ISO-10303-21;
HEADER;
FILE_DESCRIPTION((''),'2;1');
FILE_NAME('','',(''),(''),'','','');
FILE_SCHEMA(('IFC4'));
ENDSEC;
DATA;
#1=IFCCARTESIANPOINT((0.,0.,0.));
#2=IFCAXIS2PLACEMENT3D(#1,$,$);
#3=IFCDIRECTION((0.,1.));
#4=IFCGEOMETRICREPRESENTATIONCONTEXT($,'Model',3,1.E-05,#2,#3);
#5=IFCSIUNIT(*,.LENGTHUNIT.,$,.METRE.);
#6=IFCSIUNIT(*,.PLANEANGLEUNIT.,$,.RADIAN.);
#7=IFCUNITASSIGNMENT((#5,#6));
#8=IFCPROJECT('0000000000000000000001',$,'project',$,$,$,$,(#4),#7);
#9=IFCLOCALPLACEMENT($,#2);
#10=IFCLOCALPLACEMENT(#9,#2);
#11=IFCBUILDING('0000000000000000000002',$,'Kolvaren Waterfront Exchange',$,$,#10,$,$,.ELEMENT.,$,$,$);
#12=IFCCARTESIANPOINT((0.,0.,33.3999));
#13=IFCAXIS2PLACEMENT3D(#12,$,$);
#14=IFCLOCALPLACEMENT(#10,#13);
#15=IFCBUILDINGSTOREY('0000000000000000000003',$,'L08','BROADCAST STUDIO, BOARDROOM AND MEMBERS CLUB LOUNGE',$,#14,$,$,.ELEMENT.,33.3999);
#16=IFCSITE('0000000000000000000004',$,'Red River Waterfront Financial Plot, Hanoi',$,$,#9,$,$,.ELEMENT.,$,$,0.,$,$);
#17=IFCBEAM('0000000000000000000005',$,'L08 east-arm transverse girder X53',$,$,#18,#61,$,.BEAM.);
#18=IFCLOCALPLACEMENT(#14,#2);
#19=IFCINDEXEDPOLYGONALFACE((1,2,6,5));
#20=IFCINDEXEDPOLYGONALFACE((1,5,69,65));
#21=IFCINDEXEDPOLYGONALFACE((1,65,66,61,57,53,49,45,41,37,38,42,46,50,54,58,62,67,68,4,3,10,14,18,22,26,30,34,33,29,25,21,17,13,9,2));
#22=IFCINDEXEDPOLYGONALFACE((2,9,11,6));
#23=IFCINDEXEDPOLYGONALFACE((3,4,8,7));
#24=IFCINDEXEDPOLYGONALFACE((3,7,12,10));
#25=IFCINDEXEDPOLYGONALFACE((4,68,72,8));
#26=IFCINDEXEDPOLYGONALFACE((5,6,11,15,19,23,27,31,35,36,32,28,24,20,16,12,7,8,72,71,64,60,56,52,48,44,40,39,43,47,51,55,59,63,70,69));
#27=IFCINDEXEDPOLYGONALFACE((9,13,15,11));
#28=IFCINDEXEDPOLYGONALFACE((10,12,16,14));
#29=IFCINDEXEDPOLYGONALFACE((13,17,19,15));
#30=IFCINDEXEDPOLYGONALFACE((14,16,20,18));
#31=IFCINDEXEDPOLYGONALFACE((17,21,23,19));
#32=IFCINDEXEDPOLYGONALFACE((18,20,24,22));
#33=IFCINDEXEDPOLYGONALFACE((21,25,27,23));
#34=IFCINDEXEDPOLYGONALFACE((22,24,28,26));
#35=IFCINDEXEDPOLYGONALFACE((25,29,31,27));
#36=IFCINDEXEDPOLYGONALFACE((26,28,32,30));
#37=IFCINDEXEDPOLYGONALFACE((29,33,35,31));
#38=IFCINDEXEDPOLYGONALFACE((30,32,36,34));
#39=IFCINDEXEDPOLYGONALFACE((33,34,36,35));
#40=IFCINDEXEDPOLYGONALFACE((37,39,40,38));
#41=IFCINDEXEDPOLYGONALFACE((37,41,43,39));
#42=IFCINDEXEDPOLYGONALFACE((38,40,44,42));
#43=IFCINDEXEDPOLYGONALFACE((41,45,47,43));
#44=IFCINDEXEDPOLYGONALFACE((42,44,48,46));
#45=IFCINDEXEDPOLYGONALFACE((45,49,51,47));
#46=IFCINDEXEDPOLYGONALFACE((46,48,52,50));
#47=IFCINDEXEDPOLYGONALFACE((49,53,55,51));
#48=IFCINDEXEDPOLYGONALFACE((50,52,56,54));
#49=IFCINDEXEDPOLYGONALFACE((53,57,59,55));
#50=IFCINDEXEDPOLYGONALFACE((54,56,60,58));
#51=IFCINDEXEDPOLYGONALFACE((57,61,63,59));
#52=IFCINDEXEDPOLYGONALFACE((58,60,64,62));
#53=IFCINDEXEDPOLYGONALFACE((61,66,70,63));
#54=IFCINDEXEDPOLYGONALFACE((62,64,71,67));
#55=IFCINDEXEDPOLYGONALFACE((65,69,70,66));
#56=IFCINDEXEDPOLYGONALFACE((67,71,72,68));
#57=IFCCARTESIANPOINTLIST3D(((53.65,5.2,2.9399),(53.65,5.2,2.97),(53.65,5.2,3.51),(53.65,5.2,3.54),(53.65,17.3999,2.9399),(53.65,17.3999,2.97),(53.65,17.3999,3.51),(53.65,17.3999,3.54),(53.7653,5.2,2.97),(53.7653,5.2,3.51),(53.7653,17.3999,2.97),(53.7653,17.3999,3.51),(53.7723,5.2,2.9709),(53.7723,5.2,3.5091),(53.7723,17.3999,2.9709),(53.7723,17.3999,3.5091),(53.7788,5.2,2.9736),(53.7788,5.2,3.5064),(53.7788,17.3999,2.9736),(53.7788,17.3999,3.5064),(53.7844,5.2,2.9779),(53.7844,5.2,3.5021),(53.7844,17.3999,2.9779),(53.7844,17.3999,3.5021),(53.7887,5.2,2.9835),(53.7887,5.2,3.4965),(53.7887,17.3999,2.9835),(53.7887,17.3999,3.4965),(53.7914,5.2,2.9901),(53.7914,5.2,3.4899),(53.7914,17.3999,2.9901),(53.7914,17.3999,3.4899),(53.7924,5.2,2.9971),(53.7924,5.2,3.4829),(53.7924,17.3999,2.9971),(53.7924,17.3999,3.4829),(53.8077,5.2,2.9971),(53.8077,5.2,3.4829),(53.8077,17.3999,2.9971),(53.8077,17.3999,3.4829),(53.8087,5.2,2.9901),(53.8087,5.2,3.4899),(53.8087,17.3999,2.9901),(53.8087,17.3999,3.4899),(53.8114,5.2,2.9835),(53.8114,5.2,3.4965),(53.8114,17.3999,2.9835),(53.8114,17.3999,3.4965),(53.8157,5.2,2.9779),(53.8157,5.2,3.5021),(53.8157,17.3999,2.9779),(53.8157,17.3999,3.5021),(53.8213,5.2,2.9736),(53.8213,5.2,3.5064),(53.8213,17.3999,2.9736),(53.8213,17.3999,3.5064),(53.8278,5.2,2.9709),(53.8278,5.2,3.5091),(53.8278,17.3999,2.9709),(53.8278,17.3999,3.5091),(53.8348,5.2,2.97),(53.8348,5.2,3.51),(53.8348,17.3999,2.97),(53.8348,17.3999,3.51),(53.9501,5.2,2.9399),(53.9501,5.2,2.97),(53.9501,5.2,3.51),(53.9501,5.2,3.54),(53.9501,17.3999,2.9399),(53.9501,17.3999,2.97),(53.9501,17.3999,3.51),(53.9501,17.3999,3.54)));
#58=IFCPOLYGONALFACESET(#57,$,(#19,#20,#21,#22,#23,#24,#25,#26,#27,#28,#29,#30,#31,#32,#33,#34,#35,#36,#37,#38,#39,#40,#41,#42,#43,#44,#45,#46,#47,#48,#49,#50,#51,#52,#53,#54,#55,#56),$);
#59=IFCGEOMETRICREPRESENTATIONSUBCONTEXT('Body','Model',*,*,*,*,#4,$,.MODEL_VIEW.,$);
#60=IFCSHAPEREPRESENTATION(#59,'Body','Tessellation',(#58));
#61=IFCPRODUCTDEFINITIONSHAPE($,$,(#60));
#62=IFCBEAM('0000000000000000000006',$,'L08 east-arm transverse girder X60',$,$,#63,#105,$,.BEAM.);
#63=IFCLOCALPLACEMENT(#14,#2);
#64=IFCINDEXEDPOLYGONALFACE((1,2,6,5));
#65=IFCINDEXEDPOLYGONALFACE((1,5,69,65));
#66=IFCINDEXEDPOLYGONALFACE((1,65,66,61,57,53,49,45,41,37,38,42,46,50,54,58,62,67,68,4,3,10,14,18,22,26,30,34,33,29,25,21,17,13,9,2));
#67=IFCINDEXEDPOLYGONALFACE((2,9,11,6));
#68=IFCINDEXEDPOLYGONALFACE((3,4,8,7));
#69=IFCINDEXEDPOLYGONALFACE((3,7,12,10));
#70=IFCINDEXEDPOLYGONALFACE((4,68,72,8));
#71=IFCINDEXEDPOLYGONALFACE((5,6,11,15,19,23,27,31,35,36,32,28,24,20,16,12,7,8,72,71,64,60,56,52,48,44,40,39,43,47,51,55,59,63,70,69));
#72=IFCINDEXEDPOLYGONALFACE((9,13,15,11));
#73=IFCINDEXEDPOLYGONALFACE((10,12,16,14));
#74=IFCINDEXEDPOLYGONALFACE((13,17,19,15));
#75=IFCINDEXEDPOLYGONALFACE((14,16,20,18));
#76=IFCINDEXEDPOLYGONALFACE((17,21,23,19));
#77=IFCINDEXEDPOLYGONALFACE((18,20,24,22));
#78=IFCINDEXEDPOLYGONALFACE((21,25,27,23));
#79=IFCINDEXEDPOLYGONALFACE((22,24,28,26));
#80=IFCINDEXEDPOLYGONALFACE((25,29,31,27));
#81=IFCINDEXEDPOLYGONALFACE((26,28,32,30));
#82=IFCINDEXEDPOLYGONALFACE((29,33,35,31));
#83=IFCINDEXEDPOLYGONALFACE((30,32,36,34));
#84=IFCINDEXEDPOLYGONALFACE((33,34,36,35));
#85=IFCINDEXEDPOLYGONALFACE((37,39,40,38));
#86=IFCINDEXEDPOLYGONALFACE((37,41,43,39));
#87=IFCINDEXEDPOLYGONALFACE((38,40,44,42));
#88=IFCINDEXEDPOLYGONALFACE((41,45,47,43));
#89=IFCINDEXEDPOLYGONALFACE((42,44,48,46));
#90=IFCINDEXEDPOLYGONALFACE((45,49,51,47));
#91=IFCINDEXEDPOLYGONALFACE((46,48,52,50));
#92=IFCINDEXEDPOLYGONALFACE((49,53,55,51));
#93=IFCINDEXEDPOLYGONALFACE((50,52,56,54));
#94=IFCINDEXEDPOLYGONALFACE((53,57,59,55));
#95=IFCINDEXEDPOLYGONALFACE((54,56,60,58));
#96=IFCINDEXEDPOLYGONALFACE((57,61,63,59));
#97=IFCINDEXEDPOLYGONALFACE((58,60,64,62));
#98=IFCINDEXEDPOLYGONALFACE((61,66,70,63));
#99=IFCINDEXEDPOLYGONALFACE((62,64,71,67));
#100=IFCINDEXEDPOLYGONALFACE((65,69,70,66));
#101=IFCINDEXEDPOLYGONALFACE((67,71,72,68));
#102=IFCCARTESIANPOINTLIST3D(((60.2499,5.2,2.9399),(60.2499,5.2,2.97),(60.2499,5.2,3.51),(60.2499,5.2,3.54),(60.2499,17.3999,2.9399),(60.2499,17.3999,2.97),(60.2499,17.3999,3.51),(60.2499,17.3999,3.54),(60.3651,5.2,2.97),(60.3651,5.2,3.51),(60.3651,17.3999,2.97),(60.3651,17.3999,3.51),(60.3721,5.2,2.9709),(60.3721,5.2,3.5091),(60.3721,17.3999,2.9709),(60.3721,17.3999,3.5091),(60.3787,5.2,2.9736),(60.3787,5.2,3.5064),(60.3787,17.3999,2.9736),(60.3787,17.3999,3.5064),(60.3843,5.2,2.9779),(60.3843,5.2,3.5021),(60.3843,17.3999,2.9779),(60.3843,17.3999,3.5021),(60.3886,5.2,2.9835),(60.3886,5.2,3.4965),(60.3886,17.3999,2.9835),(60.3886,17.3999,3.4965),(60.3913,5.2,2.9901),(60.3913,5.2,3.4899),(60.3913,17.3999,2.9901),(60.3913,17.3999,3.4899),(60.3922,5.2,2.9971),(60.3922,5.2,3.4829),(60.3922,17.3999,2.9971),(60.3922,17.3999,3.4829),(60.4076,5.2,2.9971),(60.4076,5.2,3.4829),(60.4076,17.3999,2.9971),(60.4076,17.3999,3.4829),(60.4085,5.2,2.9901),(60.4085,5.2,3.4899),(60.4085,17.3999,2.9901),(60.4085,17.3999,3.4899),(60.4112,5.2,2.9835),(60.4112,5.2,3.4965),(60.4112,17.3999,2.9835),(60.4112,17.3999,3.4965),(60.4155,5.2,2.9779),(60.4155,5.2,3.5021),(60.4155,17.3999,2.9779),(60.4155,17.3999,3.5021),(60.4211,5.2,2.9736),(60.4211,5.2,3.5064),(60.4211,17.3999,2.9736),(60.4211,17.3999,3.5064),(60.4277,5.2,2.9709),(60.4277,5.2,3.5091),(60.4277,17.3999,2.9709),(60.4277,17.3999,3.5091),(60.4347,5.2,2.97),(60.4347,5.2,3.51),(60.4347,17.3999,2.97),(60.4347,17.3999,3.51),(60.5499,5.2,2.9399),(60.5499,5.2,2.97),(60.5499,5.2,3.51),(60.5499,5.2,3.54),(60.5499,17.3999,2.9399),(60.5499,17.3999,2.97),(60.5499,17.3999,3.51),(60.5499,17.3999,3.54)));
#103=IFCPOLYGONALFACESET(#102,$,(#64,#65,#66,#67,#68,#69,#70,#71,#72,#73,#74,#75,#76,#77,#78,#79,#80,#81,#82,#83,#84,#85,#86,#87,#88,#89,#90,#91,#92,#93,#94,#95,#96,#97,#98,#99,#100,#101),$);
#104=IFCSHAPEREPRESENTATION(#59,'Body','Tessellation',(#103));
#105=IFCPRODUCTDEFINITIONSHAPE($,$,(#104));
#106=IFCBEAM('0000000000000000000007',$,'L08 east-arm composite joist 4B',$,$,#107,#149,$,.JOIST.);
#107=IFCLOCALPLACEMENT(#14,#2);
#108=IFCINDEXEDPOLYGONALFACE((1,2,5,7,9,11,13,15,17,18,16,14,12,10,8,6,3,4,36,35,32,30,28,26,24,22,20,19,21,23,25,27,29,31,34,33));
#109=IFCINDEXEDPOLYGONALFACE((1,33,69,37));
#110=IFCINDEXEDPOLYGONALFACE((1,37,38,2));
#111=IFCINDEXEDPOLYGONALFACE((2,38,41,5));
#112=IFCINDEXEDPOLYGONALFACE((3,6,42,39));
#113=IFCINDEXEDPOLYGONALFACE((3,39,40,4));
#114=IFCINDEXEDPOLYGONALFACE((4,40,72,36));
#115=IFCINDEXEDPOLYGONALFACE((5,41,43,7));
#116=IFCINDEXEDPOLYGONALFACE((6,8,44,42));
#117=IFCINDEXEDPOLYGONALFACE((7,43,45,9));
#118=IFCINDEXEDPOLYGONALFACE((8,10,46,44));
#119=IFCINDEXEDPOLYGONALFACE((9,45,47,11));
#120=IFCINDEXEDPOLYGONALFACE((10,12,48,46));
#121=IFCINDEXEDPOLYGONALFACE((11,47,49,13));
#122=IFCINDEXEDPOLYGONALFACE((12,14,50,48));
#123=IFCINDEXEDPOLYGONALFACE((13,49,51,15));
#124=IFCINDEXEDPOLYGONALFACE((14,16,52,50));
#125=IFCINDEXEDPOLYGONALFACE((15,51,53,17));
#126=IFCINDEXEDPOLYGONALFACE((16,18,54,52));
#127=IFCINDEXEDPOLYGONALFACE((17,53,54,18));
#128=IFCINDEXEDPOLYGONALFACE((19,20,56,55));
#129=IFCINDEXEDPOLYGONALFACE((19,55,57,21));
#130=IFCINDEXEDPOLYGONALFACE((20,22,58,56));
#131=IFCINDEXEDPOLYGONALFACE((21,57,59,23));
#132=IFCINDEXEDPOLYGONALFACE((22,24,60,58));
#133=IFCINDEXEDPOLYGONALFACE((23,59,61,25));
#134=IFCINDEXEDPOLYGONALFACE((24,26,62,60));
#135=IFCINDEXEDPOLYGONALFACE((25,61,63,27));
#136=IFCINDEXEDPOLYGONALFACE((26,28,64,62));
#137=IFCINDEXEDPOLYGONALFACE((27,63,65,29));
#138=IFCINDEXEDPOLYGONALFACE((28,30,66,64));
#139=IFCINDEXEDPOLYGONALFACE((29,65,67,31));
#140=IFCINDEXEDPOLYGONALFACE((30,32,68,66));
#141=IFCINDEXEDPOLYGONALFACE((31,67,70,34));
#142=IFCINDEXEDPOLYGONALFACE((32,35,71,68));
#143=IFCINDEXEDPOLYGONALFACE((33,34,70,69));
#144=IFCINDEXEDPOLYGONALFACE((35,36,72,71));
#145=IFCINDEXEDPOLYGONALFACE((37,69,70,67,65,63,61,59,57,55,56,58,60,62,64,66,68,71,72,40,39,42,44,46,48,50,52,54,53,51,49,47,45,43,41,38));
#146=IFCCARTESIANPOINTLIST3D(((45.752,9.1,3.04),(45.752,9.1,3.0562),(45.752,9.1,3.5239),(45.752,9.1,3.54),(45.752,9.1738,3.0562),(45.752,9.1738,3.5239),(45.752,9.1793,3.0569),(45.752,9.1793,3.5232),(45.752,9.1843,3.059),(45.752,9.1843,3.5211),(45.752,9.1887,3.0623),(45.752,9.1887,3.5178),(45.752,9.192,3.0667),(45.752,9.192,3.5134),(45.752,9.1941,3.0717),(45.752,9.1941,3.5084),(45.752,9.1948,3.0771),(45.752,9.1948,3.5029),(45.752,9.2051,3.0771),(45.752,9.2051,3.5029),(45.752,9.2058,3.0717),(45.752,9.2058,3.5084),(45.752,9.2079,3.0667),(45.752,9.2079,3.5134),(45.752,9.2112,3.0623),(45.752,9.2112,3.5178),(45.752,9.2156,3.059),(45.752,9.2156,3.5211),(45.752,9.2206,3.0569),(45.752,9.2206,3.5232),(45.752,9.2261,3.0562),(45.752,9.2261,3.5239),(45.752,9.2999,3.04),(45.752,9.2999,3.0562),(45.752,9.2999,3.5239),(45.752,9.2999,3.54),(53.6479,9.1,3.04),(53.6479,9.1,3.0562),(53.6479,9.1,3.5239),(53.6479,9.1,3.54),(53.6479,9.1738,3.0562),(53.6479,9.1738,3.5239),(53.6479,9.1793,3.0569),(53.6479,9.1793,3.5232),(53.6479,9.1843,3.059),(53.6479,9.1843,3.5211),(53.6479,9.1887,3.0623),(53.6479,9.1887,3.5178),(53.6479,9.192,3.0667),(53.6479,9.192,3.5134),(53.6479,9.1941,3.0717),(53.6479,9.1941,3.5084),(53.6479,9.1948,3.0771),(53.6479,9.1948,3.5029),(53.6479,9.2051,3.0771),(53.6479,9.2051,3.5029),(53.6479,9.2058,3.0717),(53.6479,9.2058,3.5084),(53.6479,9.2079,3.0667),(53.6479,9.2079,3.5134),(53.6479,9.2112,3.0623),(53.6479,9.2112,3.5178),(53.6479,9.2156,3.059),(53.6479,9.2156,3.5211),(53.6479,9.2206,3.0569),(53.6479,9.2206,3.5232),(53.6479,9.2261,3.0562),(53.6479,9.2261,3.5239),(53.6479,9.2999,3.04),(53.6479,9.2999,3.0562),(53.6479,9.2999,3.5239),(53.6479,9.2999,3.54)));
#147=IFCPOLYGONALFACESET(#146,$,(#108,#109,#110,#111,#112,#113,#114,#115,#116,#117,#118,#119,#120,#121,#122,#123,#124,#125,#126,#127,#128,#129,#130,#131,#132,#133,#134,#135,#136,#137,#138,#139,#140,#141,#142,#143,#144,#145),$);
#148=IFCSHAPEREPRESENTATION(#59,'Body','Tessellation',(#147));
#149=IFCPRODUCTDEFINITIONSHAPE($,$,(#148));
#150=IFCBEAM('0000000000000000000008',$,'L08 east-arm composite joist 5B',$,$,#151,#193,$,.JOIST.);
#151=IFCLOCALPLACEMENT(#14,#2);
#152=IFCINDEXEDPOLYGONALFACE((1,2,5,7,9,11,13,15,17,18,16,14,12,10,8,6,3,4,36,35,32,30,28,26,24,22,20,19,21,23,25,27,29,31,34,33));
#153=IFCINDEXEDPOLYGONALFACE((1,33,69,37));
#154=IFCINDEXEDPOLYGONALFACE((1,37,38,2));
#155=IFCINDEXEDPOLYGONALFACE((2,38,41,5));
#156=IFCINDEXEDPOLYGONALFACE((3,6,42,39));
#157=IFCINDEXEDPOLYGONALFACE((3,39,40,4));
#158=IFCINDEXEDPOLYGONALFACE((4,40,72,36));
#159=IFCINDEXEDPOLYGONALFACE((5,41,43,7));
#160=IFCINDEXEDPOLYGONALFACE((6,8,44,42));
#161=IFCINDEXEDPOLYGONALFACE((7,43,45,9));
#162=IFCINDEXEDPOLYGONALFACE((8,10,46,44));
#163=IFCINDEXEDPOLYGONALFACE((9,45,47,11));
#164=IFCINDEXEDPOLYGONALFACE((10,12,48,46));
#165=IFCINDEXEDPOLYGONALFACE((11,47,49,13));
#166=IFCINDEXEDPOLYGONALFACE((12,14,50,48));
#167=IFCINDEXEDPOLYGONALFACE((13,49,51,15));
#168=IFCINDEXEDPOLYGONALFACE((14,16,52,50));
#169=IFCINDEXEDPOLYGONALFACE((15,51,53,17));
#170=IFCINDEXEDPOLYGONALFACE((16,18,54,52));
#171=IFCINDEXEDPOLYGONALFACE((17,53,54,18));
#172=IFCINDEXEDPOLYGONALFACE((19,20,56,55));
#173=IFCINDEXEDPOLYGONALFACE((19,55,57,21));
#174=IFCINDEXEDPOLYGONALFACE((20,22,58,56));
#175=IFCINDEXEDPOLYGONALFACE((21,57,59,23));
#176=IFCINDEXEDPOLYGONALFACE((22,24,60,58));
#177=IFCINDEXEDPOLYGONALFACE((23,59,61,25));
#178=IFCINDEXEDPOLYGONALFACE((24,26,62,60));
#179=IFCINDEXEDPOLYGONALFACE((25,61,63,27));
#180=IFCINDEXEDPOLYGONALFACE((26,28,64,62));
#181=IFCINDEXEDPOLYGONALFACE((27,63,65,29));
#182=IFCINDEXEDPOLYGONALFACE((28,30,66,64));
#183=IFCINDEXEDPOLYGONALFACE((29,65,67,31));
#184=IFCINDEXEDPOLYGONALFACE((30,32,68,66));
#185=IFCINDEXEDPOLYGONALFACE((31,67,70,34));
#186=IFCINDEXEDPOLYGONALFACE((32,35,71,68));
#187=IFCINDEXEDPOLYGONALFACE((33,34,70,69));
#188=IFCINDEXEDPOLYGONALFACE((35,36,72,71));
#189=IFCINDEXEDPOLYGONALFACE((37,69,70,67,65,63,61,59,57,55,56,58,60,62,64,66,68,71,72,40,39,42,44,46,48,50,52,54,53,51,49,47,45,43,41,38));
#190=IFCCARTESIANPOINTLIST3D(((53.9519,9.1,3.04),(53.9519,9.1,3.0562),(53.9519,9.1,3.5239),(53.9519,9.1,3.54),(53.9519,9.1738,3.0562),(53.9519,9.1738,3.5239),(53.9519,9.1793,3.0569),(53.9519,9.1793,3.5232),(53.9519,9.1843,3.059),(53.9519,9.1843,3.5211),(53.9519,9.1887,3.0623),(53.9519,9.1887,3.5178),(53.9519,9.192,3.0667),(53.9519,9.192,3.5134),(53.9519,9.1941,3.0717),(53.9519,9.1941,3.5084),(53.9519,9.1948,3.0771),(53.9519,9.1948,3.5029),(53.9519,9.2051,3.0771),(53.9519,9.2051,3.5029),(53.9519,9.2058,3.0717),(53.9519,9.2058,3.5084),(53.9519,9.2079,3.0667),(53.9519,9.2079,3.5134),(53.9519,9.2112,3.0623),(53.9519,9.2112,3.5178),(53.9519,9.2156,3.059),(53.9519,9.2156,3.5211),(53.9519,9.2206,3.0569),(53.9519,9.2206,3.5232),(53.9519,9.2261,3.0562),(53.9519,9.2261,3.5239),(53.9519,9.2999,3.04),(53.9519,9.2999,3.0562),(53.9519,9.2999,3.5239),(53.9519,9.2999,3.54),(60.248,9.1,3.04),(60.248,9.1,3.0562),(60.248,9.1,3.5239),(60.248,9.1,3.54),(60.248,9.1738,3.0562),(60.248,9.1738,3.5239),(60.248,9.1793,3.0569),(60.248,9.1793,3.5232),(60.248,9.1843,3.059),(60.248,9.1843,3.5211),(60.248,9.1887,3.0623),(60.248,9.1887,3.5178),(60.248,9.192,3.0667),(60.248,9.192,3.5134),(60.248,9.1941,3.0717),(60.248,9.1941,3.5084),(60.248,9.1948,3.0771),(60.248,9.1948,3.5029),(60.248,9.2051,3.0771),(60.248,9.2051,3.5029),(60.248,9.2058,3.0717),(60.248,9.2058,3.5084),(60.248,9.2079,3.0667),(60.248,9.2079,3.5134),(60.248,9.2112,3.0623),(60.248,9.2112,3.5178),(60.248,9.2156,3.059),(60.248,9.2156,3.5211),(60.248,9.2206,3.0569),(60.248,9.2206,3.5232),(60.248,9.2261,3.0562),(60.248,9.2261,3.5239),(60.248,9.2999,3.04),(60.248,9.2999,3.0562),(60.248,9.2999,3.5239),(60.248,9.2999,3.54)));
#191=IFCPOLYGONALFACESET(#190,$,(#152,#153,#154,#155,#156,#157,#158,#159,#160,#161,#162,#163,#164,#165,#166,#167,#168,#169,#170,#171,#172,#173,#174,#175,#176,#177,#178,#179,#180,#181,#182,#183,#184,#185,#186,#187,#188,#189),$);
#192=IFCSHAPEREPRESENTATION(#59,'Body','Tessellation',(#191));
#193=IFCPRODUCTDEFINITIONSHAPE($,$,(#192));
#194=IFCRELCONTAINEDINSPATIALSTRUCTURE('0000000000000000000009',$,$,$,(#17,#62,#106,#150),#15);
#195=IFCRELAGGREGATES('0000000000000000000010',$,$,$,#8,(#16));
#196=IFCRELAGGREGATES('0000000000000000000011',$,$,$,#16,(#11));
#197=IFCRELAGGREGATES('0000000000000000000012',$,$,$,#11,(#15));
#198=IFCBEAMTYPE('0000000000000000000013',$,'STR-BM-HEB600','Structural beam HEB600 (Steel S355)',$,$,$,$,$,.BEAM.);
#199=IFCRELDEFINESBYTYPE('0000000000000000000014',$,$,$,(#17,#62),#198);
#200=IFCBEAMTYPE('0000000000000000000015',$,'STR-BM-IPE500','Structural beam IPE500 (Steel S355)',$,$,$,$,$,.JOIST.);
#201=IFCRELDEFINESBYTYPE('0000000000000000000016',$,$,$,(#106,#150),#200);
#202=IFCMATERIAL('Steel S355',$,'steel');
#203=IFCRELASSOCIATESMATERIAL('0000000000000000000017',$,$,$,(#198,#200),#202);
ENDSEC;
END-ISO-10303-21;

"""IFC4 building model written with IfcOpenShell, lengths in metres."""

from ifc_helpers import new_model, si_unit, direction, frame, origin, origin_2d, place, context, subcontext, project, spatial, i_section, extrude, material, material_profile, profile_set, type_object, element, save


model = new_model("IFC4")

# Units and contexts
model_context = context("Model", 3, precision=1e-05, world=origin(), true_north=direction((0.0, 1.0)))
body_context = subcontext(model_context, "Body", "Model", "MODEL_VIEW")
ifc_project = project(units=[si_unit("LENGTHUNIT", "METRE"), si_unit("PLANEANGLEUNIT", "RADIAN")], contexts=[model_context])

# Site, building, storey
site_placement = place(None, origin())
site = spatial("IfcSite", under=ifc_project, at=site_placement, Name="Red River Waterfront Financial Plot, Hanoi", CompositionType="ELEMENT", RefElevation=0.0)
building_placement = place(site_placement, origin())
building = spatial("IfcBuilding", under=site, at=building_placement, Name="Kolvaren Waterfront Exchange", CompositionType="ELEMENT")
storey_placement = place(building_placement, frame((0.0, 0.0, 33.3999)))
storey = spatial("IfcBuildingStorey", under=building, at=storey_placement, Name="L08", Description="BROADCAST STUDIO, BOARDROOM AND MEMBERS CLUB LOUNGE", CompositionType="ELEMENT", Elevation=33.3999)

# Beams
ifc_material_1 = material(Name="Steel S355", Category="steel")
ifc_material_profile_1 = material_profile(ifc_material_1, i_section(OverallWidth=0.3, OverallDepth=0.6001, WebThickness=0.0154, FlangeThickness=0.03, FilletRadius=0.0271, at=origin_2d()), Name="HEB600")
ifc_profile_set_1 = profile_set([ifc_material_profile_1], Name="Steel S355")
beam_type_1 = type_object("IfcBeamType", Name="STR-BM-HEB600", Description="Structural beam HEB600 (Steel S355)", PredefinedType="BEAM", material=ifc_profile_set_1)
for number, where, z_axis, x_axis, name in (
    (1, (53.8, 5.2, 3.24), (0.0, 1.0, 0.0), (-1.0, 0.0, 0.0), "L08 east-arm transverse girder X53"),
    (2, (60.3999, 5.2, 3.24), (0.0, 1.0, 0.0), (-1.0, 0.0, 0.0), "L08 east-arm transverse girder X60"),
):
    element("IfcBeam", number, at=place(storey_placement, frame(where, z_axis=z_axis, x_axis=x_axis)), inside=storey, type_object=beam_type_1, Name=name, PredefinedType="BEAM", context=body_context, shape_type="SweptSolid", body=[
        extrude(i_section(OverallWidth=0.3, OverallDepth=0.6001, WebThickness=0.0154, FlangeThickness=0.03, FilletRadius=0.0271, at=origin_2d()), origin(), (0.0, 0.0, 1.0), 12.2),
    ])
ifc_material_profile_2 = material_profile(ifc_material_1, i_section(OverallWidth=0.2, OverallDepth=0.5, WebThickness=0.0103, FlangeThickness=0.0161, FilletRadius=0.021, at=origin_2d()), Name="IPE500")
ifc_profile_set_2 = profile_set([ifc_material_profile_2], Name="Steel S355")
beam_type_2 = type_object("IfcBeamType", Name="STR-BM-IPE500", Description="Structural beam IPE500 (Steel S355)", PredefinedType="JOIST", material=ifc_profile_set_2)
beam_1_placement = place(storey_placement, frame((45.752, 9.2, 3.29), z_axis=(1.0, 0.0, 0.0), x_axis=(0.0, 1.0, 0.0)))
element("IfcBeam", 3, at=beam_1_placement, inside=storey, type_object=beam_type_2, Name="L08 east-arm composite joist 4B", PredefinedType="JOIST", context=body_context, shape_type="SweptSolid", body=[
    extrude(i_section(OverallWidth=0.2, OverallDepth=0.5, WebThickness=0.0103, FlangeThickness=0.0161, FilletRadius=0.021, at=origin_2d()), origin(), (0.0, 0.0, 1.0), 7.896),
])
beam_2_placement = place(storey_placement, frame((53.9519, 9.2, 3.29), z_axis=(1.0, 0.0, 0.0), x_axis=(0.0, 1.0, 0.0)))
element("IfcBeam", 4, at=beam_2_placement, inside=storey, type_object=beam_type_2, Name="L08 east-arm composite joist 5B", PredefinedType="JOIST", context=body_context, shape_type="SweptSolid", body=[
    extrude(i_section(OverallWidth=0.2, OverallDepth=0.5, WebThickness=0.0103, FlangeThickness=0.0161, FilletRadius=0.021, at=origin_2d()), origin(), (0.0, 0.0, 1.0), 6.2961),
])

save(model, "model.ifc")
